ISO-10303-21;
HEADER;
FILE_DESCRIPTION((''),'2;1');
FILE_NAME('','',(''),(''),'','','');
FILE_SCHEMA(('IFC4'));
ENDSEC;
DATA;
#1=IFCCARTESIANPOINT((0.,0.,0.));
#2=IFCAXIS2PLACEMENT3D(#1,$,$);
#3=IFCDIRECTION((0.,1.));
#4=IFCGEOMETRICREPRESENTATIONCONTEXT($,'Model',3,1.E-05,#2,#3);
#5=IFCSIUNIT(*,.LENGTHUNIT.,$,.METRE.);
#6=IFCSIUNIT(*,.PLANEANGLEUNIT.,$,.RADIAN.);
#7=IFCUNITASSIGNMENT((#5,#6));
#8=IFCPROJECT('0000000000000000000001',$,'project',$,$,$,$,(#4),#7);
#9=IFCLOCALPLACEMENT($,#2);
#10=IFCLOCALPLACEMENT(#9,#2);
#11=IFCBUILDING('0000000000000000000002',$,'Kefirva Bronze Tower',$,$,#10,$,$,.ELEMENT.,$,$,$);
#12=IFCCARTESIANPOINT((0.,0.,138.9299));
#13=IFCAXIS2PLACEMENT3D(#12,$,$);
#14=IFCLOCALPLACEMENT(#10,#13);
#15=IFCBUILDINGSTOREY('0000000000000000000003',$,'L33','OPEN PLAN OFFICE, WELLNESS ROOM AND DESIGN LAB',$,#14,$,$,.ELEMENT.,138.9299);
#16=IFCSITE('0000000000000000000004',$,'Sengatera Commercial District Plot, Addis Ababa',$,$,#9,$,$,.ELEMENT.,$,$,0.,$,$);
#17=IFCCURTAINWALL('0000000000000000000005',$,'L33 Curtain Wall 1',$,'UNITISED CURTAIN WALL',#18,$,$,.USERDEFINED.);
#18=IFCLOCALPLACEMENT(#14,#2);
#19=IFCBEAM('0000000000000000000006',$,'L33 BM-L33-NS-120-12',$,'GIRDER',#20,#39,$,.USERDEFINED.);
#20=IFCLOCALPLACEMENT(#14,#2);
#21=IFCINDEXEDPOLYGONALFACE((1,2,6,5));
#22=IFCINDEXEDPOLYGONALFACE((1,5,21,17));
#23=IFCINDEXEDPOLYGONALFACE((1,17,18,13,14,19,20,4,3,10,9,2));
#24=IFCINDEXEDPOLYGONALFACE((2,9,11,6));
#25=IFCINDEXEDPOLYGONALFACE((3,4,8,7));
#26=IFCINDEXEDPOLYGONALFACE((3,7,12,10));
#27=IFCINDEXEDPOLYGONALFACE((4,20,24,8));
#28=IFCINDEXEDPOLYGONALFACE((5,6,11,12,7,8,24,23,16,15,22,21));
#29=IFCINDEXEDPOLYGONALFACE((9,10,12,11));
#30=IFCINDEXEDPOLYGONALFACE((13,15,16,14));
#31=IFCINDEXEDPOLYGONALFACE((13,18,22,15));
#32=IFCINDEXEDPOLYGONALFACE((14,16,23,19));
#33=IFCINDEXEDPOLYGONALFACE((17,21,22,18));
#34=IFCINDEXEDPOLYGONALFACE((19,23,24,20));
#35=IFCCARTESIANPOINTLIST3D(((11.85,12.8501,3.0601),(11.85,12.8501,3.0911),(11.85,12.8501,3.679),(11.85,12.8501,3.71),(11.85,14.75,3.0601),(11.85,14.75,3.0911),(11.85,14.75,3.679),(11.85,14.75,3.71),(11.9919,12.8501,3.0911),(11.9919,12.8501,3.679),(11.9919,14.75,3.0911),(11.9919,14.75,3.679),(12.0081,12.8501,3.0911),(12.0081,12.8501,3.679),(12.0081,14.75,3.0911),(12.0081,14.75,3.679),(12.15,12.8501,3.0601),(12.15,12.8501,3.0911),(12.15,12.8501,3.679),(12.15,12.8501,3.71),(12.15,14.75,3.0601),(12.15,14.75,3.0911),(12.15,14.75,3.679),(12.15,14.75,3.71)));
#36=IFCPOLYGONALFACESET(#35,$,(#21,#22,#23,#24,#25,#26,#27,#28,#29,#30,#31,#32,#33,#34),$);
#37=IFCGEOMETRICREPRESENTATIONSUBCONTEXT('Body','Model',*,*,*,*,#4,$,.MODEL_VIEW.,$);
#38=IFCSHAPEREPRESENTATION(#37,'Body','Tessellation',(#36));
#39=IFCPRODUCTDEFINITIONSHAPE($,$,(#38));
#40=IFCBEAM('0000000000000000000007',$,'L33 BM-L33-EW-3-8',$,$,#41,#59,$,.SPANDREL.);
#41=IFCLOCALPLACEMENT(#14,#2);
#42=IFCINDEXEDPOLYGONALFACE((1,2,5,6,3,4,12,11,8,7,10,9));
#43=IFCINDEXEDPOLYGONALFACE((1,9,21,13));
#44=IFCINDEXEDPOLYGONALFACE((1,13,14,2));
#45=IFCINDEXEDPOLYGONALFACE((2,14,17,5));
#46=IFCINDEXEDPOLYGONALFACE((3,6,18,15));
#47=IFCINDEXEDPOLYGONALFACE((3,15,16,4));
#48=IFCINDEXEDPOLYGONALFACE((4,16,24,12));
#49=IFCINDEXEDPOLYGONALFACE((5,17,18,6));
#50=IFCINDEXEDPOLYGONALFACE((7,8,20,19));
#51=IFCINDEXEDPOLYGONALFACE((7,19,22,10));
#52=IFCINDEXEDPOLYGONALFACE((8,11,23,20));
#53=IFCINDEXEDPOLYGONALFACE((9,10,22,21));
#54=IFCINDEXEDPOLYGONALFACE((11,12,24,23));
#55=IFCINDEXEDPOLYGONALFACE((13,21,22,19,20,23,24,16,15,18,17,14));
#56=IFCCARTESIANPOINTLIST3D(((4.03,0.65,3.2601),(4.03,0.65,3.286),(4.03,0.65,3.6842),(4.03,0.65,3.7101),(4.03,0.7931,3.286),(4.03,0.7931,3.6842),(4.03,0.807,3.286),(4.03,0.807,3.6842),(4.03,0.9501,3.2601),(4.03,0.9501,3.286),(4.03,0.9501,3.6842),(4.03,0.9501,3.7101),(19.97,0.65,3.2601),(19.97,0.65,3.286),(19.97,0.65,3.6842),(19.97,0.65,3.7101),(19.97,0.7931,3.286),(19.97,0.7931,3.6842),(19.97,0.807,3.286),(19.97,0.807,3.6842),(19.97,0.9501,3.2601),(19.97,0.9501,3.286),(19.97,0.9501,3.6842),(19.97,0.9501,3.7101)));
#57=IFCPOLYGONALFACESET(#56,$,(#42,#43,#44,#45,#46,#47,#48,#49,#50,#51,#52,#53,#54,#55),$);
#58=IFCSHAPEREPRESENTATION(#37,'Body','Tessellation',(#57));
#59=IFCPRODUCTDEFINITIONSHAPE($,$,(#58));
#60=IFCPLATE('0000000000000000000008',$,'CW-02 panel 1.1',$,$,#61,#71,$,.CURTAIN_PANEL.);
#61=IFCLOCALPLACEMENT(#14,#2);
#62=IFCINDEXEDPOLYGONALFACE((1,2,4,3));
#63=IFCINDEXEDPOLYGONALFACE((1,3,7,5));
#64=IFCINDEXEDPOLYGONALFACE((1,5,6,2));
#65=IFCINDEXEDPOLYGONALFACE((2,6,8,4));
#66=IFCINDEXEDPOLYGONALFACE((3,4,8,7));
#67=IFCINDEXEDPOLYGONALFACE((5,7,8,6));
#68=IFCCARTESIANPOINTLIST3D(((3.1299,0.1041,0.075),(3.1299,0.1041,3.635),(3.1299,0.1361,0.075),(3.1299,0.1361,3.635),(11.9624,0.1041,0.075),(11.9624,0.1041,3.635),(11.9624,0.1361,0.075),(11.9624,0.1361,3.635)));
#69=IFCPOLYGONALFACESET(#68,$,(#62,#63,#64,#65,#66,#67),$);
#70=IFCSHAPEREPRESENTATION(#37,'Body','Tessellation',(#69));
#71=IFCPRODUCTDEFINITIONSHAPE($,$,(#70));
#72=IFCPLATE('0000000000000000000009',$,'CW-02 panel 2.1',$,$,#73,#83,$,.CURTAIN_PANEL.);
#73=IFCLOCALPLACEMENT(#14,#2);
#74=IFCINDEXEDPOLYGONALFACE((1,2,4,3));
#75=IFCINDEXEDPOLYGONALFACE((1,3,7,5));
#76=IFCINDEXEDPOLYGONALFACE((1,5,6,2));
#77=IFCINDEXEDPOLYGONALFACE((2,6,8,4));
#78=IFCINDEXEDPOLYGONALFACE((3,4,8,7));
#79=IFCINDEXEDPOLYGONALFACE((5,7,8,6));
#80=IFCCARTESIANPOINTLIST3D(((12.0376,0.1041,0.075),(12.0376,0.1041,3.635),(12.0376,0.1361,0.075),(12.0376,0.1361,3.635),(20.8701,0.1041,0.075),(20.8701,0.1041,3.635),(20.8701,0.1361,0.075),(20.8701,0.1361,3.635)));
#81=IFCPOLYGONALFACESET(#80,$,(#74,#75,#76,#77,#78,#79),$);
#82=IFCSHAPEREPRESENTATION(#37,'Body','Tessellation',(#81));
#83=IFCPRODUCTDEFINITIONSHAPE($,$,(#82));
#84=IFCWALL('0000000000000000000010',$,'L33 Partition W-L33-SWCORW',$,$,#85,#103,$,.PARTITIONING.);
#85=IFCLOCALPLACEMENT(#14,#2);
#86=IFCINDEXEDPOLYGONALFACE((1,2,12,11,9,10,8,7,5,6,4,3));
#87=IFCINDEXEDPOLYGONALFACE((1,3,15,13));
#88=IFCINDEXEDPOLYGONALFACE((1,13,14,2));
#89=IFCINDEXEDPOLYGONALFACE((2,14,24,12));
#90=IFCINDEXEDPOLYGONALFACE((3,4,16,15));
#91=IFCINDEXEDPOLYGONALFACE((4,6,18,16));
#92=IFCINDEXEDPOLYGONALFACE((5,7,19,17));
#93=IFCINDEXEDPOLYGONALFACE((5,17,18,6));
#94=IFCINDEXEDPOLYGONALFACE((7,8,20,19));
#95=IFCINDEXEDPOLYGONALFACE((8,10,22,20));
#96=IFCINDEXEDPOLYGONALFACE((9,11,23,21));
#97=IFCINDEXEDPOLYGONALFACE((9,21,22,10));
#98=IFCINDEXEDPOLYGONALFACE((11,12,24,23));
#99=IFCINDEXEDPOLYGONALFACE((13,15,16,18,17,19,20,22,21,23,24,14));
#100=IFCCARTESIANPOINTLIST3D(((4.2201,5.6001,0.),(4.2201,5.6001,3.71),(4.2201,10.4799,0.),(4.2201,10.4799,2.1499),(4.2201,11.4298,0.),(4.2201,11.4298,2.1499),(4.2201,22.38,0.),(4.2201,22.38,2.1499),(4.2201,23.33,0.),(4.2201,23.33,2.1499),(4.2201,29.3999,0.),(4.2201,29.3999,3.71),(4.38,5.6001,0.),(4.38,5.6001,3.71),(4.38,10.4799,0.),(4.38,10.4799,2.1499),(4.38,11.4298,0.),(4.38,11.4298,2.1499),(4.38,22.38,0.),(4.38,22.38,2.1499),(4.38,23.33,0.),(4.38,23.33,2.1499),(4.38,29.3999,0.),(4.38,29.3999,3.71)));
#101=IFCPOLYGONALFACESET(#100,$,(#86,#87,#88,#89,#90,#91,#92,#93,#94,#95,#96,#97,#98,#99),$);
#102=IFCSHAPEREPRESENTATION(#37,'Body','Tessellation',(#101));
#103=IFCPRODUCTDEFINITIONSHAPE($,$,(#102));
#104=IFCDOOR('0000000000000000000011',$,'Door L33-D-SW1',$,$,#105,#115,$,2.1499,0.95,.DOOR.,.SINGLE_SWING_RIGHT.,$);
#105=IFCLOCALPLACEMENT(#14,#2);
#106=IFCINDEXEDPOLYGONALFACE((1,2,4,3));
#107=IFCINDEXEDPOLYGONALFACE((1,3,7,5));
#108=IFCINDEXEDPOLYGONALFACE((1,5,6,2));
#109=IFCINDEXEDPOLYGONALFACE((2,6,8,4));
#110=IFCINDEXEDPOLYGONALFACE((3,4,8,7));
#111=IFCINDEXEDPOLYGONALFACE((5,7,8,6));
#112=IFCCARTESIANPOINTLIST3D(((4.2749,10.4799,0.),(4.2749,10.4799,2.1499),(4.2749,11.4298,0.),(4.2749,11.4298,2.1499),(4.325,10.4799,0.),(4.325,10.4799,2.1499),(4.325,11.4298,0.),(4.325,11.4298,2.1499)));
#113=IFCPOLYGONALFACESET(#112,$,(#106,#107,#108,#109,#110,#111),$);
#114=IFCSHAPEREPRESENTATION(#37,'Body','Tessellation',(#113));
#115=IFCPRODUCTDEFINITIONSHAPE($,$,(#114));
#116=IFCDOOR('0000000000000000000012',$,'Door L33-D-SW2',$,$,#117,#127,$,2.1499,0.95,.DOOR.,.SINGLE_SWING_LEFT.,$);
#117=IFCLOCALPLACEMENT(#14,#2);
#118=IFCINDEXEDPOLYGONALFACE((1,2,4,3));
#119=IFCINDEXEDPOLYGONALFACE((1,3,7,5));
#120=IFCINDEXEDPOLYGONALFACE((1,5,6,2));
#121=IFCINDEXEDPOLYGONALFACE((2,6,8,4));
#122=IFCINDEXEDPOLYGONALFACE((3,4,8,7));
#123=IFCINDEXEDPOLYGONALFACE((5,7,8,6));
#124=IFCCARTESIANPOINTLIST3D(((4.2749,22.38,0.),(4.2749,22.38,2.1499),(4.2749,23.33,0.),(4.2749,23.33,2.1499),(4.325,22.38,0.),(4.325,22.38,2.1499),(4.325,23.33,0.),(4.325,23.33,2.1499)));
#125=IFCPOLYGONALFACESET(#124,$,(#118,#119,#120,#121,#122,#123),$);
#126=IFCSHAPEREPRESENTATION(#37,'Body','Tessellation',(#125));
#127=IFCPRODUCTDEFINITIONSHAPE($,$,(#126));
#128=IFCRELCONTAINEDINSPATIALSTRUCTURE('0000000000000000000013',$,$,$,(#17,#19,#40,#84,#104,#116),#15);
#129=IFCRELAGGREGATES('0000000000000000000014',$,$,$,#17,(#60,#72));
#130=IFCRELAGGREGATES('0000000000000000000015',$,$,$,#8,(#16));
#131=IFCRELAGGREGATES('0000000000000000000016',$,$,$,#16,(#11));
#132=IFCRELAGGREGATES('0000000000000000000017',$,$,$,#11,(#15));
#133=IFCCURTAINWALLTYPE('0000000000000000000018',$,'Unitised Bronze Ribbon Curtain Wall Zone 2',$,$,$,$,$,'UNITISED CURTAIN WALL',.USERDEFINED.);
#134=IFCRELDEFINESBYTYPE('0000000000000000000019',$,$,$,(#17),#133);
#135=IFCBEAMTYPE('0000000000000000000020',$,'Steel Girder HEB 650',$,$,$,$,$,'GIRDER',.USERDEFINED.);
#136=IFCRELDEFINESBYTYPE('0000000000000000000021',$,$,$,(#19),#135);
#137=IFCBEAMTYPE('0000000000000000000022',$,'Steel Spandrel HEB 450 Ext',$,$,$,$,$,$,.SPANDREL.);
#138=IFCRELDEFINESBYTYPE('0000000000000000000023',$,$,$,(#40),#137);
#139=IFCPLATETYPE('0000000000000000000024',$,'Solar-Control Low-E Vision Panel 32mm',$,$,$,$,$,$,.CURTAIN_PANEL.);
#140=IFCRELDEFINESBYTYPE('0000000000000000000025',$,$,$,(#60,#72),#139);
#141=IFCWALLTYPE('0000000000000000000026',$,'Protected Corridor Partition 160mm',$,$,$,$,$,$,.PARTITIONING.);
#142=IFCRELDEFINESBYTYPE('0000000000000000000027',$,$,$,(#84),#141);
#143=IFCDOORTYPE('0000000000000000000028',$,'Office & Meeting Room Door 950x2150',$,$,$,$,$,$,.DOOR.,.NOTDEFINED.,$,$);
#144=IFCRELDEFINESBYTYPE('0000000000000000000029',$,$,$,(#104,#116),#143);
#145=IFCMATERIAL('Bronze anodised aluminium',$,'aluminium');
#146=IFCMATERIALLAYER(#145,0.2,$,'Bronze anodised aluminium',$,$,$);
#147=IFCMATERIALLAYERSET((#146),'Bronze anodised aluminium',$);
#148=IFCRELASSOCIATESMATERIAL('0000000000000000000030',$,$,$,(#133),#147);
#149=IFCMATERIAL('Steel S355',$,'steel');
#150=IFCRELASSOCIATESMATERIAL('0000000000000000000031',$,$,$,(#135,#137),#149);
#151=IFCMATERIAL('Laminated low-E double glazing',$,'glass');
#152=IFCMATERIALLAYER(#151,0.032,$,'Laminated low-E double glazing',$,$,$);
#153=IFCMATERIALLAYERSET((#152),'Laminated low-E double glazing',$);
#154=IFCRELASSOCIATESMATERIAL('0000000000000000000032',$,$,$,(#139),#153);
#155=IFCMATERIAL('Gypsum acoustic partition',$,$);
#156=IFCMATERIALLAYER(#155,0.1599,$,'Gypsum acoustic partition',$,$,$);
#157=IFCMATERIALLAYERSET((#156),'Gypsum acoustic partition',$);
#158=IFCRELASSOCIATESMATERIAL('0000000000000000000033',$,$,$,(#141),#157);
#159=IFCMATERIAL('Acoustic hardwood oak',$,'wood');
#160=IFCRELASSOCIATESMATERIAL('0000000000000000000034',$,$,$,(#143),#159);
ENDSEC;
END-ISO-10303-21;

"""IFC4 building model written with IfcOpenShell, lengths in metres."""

from ifc_helpers import new_model, si_unit, direction, frame, frame_2d, origin, origin_2d, place, context, subcontext, project, spatial, rectangle, i_section, extrude, material, layer, layer_set, material_profile, profile_set, type_object, element, fill, aggregate, save


model = new_model("IFC4")

# Units and contexts
model_context = context("Model", 3, precision=1e-05, world=origin(), true_north=direction((0.0, 1.0)))
body_context = subcontext(model_context, "Body", "Model", "MODEL_VIEW")
ifc_project = project(units=[si_unit("LENGTHUNIT", "METRE"), si_unit("PLANEANGLEUNIT", "RADIAN")], contexts=[model_context])

# Site, building, storey
site_placement = place(None, origin())
site = spatial("IfcSite", under=ifc_project, at=site_placement, Name="Sengatera Commercial District Plot, Addis Ababa", CompositionType="ELEMENT", RefElevation=0.0)
building_placement = place(site_placement, origin())
building = spatial("IfcBuilding", under=site, at=building_placement, Name="Kefirva Bronze Tower", CompositionType="ELEMENT")
storey_placement = place(building_placement, frame((0.0, 0.0, 138.9299)))
storey = spatial("IfcBuildingStorey", under=building, at=storey_placement, Name="L33", Description="OPEN PLAN OFFICE, WELLNESS ROOM AND DESIGN LAB", CompositionType="ELEMENT", Elevation=138.9299)

# Curtain wall
ifc_material_1 = material(Name="Bronze anodised aluminium", Category="aluminium")
ifc_layer_1 = layer(ifc_material_1, 0.2, Name="Bronze anodised aluminium")
ifc_layer_set_1 = layer_set([ifc_layer_1], Name="Bronze anodised aluminium")
curtain_wall_type = type_object("IfcCurtainWallType", Name="Unitised Bronze Ribbon Curtain Wall Zone 2", ElementType="UNITISED CURTAIN WALL", PredefinedType="USERDEFINED", material=ifc_layer_set_1)
curtain_wall_placement = place(storey_placement, origin())
curtain_wall = element("IfcCurtainWall", 1, at=curtain_wall_placement, inside=storey, type_object=curtain_wall_type, Name="L33 Curtain Wall 1", ObjectType="UNITISED CURTAIN WALL", PredefinedType="USERDEFINED")

# Beams
ifc_material_2 = material(Name="Steel S355", Category="steel")
ifc_material_profile_1 = material_profile(ifc_material_2, i_section(OverallWidth=0.3, OverallDepth=0.6499, WebThickness=0.0161, FlangeThickness=0.031, at=origin_2d()), Name="HEB 650")
ifc_profile_set_1 = profile_set([ifc_material_profile_1], Name="Steel S355")
beam_type_1 = type_object("IfcBeamType", Name="Steel Girder HEB 650", ElementType="GIRDER", PredefinedType="USERDEFINED", material=ifc_profile_set_1)
beam_1_placement = place(storey_placement, frame((12.0, 12.8501, 3.385), z_axis=(0.0, 1.0, 0.0), x_axis=(-1.0, 0.0, 0.0)))
element("IfcBeam", 2, at=beam_1_placement, inside=storey, type_object=beam_type_1, Name="L33 BM-L33-NS-120-12", ObjectType="GIRDER", PredefinedType="USERDEFINED", context=body_context, shape_type="SweptSolid", body=[
    extrude(i_section(OverallWidth=0.3, OverallDepth=0.6499, WebThickness=0.0161, FlangeThickness=0.031, at=origin_2d()), origin(), (0.0, 0.0, 1.0), 1.8999),
])
ifc_material_profile_2 = material_profile(ifc_material_2, i_section(OverallWidth=0.3, OverallDepth=0.45, WebThickness=0.0139, FlangeThickness=0.0259, at=origin_2d()), Name="HEB 450")
ifc_profile_set_2 = profile_set([ifc_material_profile_2], Name="Steel S355")
beam_type_2 = type_object("IfcBeamType", Name="Steel Spandrel HEB 450 Ext", PredefinedType="SPANDREL", material=ifc_profile_set_2)
beam_2_placement = place(storey_placement, frame((4.03, 0.8, 3.4851), z_axis=(1.0, 0.0, 0.0), x_axis=(0.0, 1.0, 0.0)))
element("IfcBeam", 3, at=beam_2_placement, inside=storey, type_object=beam_type_2, Name="L33 BM-L33-EW-3-8", PredefinedType="SPANDREL", context=body_context, shape_type="SweptSolid", body=[
    extrude(i_section(OverallWidth=0.3, OverallDepth=0.45, WebThickness=0.0139, FlangeThickness=0.0259, at=origin_2d()), origin(), (0.0, 0.0, 1.0), 15.9399),
])

# Plates
ifc_material_3 = material(Name="Laminated low-E double glazing", Category="glass")
ifc_layer_2 = layer(ifc_material_3, 0.032, Name="Laminated low-E double glazing")
ifc_layer_set_2 = layer_set([ifc_layer_2], Name="Laminated low-E double glazing")
plate_type = type_object("IfcPlateType", Name="Solar-Control Low-E Vision Panel 32mm", PredefinedType="CURTAIN_PANEL", material=ifc_layer_set_2)
plate_1_placement = place(storey_placement, frame((7.5461, 0.1201, 0.075), z_axis=(0.0, 0.0, 1.0), x_axis=(1.0, 0.0, 0.0)))
plate_1 = element("IfcPlate", 4, at=plate_1_placement, type_object=plate_type, Name="CW-02 panel 1.1", PredefinedType="CURTAIN_PANEL", context=body_context, shape_type="SweptSolid", body=[
    extrude(rectangle(XDim=8.8325, YDim=0.032, at=origin_2d()), origin(), (0.0, 0.0, 1.0), 3.5601),
])
plate_2_placement = place(storey_placement, frame((16.4539, 0.1201, 0.075), z_axis=(0.0, 0.0, 1.0), x_axis=(1.0, 0.0, 0.0)))
plate_2 = element("IfcPlate", 5, at=plate_2_placement, type_object=plate_type, Name="CW-02 panel 2.1", PredefinedType="CURTAIN_PANEL", context=body_context, shape_type="SweptSolid", body=[
    extrude(rectangle(XDim=8.8325, YDim=0.032, at=origin_2d()), origin(), (0.0, 0.0, 1.0), 3.5601),
])
aggregate(curtain_wall, [plate_1, plate_2])

# Wall, openings, doors
ifc_material_4 = material(Name="Gypsum acoustic partition")
ifc_layer_3 = layer(ifc_material_4, 0.1599, Name="Gypsum acoustic partition")
ifc_layer_set_3 = layer_set([ifc_layer_3], Name="Gypsum acoustic partition")
wall_type = type_object("IfcWallType", Name="Protected Corridor Partition 160mm", PredefinedType="PARTITIONING", material=ifc_layer_set_3)
wall_1_placement = place(storey_placement, frame((4.3, 5.6001, 0.0), z_axis=(0.0, 0.0, 1.0), x_axis=(0.0, 1.0, 0.0)))
wall_1 = element("IfcWall", 6, at=wall_1_placement, inside=storey, type_object=wall_type, Name="L33 Partition W-L33-SWCORW", PredefinedType="PARTITIONING", context=body_context, shape_type="SweptSolid", body=[
    extrude(rectangle(XDim=23.7998, YDim=0.1599, at=frame_2d((11.8999, 0.0))), origin(), (0.0, 0.0, 1.0), 3.71),
])
opening_1_placement = place(wall_1_placement, frame((5.8298, 0.0, 0.0), z_axis=(0.0, 0.0, 1.0), x_axis=(-1.0, 0.0, 0.0)))
opening_1 = element("IfcOpeningElement", 7, at=opening_1_placement, cuts=wall_1, PredefinedType="OPENING", context=body_context, shape_type="SweptSolid", body=[
    extrude(rectangle(XDim=0.95, YDim=2.1499, at=frame_2d((0.4751, 1.075))), frame((0.0, 0.0898, 0.0), z_axis=(0.0, -1.0, 0.0), x_axis=(1.0, 0.0, 0.0)), (0.0, 0.0, 1.0), 0.1799),
])
opening_2_placement = place(wall_1_placement, frame((17.73, 0.0, 0.0), z_axis=(0.0, 0.0, 1.0), x_axis=(-1.0, 0.0, 0.0)))
opening_2 = element("IfcOpeningElement", 8, at=opening_2_placement, cuts=wall_1, PredefinedType="OPENING", context=body_context, shape_type="SweptSolid", body=[
    extrude(rectangle(XDim=0.95, YDim=2.1499, at=frame_2d((0.4751, 1.075))), frame((0.0, 0.0898, 0.0), z_axis=(0.0, -1.0, 0.0), x_axis=(1.0, 0.0, 0.0)), (0.0, 0.0, 1.0), 0.1799),
])
ifc_material_5 = material(Name="Acoustic hardwood oak", Category="wood")
door_type = type_object("IfcDoorType", Name="Office & Meeting Room Door 950x2150", OperationType="NOTDEFINED", PredefinedType="DOOR", material=ifc_material_5)
door_1_placement = place(opening_1_placement, origin())
door_1 = element("IfcDoor", 9, at=door_1_placement, inside=storey, type_object=door_type, Name="Door L33-D-SW1", OperationType="SINGLE_SWING_RIGHT", OverallHeight=2.1499, OverallWidth=0.95, PredefinedType="DOOR", context=body_context, shape_type="SweptSolid", body=[
    extrude(rectangle(XDim=0.95, YDim=2.1499, at=frame_2d((0.4751, 1.075))), frame((0.0, 0.0249, 0.0), z_axis=(0.0, -1.0, 0.0), x_axis=(1.0, 0.0, 0.0)), (0.0, 0.0, 1.0), 0.05),
])
fill(opening_1, door_1)
door_2_placement = place(opening_2_placement, origin())
door_2 = element("IfcDoor", 10, at=door_2_placement, inside=storey, type_object=door_type, Name="Door L33-D-SW2", OperationType="SINGLE_SWING_LEFT", OverallHeight=2.1499, OverallWidth=0.95, PredefinedType="DOOR", context=body_context, shape_type="SweptSolid", body=[
    extrude(rectangle(XDim=0.95, YDim=2.1499, at=frame_2d((0.4751, 1.075))), frame((0.0, 0.0249, 0.0), z_axis=(0.0, -1.0, 0.0), x_axis=(1.0, 0.0, 0.0)), (0.0, 0.0, 1.0), 0.05),
])
fill(opening_2, door_2)

save(model, "model.ifc")
